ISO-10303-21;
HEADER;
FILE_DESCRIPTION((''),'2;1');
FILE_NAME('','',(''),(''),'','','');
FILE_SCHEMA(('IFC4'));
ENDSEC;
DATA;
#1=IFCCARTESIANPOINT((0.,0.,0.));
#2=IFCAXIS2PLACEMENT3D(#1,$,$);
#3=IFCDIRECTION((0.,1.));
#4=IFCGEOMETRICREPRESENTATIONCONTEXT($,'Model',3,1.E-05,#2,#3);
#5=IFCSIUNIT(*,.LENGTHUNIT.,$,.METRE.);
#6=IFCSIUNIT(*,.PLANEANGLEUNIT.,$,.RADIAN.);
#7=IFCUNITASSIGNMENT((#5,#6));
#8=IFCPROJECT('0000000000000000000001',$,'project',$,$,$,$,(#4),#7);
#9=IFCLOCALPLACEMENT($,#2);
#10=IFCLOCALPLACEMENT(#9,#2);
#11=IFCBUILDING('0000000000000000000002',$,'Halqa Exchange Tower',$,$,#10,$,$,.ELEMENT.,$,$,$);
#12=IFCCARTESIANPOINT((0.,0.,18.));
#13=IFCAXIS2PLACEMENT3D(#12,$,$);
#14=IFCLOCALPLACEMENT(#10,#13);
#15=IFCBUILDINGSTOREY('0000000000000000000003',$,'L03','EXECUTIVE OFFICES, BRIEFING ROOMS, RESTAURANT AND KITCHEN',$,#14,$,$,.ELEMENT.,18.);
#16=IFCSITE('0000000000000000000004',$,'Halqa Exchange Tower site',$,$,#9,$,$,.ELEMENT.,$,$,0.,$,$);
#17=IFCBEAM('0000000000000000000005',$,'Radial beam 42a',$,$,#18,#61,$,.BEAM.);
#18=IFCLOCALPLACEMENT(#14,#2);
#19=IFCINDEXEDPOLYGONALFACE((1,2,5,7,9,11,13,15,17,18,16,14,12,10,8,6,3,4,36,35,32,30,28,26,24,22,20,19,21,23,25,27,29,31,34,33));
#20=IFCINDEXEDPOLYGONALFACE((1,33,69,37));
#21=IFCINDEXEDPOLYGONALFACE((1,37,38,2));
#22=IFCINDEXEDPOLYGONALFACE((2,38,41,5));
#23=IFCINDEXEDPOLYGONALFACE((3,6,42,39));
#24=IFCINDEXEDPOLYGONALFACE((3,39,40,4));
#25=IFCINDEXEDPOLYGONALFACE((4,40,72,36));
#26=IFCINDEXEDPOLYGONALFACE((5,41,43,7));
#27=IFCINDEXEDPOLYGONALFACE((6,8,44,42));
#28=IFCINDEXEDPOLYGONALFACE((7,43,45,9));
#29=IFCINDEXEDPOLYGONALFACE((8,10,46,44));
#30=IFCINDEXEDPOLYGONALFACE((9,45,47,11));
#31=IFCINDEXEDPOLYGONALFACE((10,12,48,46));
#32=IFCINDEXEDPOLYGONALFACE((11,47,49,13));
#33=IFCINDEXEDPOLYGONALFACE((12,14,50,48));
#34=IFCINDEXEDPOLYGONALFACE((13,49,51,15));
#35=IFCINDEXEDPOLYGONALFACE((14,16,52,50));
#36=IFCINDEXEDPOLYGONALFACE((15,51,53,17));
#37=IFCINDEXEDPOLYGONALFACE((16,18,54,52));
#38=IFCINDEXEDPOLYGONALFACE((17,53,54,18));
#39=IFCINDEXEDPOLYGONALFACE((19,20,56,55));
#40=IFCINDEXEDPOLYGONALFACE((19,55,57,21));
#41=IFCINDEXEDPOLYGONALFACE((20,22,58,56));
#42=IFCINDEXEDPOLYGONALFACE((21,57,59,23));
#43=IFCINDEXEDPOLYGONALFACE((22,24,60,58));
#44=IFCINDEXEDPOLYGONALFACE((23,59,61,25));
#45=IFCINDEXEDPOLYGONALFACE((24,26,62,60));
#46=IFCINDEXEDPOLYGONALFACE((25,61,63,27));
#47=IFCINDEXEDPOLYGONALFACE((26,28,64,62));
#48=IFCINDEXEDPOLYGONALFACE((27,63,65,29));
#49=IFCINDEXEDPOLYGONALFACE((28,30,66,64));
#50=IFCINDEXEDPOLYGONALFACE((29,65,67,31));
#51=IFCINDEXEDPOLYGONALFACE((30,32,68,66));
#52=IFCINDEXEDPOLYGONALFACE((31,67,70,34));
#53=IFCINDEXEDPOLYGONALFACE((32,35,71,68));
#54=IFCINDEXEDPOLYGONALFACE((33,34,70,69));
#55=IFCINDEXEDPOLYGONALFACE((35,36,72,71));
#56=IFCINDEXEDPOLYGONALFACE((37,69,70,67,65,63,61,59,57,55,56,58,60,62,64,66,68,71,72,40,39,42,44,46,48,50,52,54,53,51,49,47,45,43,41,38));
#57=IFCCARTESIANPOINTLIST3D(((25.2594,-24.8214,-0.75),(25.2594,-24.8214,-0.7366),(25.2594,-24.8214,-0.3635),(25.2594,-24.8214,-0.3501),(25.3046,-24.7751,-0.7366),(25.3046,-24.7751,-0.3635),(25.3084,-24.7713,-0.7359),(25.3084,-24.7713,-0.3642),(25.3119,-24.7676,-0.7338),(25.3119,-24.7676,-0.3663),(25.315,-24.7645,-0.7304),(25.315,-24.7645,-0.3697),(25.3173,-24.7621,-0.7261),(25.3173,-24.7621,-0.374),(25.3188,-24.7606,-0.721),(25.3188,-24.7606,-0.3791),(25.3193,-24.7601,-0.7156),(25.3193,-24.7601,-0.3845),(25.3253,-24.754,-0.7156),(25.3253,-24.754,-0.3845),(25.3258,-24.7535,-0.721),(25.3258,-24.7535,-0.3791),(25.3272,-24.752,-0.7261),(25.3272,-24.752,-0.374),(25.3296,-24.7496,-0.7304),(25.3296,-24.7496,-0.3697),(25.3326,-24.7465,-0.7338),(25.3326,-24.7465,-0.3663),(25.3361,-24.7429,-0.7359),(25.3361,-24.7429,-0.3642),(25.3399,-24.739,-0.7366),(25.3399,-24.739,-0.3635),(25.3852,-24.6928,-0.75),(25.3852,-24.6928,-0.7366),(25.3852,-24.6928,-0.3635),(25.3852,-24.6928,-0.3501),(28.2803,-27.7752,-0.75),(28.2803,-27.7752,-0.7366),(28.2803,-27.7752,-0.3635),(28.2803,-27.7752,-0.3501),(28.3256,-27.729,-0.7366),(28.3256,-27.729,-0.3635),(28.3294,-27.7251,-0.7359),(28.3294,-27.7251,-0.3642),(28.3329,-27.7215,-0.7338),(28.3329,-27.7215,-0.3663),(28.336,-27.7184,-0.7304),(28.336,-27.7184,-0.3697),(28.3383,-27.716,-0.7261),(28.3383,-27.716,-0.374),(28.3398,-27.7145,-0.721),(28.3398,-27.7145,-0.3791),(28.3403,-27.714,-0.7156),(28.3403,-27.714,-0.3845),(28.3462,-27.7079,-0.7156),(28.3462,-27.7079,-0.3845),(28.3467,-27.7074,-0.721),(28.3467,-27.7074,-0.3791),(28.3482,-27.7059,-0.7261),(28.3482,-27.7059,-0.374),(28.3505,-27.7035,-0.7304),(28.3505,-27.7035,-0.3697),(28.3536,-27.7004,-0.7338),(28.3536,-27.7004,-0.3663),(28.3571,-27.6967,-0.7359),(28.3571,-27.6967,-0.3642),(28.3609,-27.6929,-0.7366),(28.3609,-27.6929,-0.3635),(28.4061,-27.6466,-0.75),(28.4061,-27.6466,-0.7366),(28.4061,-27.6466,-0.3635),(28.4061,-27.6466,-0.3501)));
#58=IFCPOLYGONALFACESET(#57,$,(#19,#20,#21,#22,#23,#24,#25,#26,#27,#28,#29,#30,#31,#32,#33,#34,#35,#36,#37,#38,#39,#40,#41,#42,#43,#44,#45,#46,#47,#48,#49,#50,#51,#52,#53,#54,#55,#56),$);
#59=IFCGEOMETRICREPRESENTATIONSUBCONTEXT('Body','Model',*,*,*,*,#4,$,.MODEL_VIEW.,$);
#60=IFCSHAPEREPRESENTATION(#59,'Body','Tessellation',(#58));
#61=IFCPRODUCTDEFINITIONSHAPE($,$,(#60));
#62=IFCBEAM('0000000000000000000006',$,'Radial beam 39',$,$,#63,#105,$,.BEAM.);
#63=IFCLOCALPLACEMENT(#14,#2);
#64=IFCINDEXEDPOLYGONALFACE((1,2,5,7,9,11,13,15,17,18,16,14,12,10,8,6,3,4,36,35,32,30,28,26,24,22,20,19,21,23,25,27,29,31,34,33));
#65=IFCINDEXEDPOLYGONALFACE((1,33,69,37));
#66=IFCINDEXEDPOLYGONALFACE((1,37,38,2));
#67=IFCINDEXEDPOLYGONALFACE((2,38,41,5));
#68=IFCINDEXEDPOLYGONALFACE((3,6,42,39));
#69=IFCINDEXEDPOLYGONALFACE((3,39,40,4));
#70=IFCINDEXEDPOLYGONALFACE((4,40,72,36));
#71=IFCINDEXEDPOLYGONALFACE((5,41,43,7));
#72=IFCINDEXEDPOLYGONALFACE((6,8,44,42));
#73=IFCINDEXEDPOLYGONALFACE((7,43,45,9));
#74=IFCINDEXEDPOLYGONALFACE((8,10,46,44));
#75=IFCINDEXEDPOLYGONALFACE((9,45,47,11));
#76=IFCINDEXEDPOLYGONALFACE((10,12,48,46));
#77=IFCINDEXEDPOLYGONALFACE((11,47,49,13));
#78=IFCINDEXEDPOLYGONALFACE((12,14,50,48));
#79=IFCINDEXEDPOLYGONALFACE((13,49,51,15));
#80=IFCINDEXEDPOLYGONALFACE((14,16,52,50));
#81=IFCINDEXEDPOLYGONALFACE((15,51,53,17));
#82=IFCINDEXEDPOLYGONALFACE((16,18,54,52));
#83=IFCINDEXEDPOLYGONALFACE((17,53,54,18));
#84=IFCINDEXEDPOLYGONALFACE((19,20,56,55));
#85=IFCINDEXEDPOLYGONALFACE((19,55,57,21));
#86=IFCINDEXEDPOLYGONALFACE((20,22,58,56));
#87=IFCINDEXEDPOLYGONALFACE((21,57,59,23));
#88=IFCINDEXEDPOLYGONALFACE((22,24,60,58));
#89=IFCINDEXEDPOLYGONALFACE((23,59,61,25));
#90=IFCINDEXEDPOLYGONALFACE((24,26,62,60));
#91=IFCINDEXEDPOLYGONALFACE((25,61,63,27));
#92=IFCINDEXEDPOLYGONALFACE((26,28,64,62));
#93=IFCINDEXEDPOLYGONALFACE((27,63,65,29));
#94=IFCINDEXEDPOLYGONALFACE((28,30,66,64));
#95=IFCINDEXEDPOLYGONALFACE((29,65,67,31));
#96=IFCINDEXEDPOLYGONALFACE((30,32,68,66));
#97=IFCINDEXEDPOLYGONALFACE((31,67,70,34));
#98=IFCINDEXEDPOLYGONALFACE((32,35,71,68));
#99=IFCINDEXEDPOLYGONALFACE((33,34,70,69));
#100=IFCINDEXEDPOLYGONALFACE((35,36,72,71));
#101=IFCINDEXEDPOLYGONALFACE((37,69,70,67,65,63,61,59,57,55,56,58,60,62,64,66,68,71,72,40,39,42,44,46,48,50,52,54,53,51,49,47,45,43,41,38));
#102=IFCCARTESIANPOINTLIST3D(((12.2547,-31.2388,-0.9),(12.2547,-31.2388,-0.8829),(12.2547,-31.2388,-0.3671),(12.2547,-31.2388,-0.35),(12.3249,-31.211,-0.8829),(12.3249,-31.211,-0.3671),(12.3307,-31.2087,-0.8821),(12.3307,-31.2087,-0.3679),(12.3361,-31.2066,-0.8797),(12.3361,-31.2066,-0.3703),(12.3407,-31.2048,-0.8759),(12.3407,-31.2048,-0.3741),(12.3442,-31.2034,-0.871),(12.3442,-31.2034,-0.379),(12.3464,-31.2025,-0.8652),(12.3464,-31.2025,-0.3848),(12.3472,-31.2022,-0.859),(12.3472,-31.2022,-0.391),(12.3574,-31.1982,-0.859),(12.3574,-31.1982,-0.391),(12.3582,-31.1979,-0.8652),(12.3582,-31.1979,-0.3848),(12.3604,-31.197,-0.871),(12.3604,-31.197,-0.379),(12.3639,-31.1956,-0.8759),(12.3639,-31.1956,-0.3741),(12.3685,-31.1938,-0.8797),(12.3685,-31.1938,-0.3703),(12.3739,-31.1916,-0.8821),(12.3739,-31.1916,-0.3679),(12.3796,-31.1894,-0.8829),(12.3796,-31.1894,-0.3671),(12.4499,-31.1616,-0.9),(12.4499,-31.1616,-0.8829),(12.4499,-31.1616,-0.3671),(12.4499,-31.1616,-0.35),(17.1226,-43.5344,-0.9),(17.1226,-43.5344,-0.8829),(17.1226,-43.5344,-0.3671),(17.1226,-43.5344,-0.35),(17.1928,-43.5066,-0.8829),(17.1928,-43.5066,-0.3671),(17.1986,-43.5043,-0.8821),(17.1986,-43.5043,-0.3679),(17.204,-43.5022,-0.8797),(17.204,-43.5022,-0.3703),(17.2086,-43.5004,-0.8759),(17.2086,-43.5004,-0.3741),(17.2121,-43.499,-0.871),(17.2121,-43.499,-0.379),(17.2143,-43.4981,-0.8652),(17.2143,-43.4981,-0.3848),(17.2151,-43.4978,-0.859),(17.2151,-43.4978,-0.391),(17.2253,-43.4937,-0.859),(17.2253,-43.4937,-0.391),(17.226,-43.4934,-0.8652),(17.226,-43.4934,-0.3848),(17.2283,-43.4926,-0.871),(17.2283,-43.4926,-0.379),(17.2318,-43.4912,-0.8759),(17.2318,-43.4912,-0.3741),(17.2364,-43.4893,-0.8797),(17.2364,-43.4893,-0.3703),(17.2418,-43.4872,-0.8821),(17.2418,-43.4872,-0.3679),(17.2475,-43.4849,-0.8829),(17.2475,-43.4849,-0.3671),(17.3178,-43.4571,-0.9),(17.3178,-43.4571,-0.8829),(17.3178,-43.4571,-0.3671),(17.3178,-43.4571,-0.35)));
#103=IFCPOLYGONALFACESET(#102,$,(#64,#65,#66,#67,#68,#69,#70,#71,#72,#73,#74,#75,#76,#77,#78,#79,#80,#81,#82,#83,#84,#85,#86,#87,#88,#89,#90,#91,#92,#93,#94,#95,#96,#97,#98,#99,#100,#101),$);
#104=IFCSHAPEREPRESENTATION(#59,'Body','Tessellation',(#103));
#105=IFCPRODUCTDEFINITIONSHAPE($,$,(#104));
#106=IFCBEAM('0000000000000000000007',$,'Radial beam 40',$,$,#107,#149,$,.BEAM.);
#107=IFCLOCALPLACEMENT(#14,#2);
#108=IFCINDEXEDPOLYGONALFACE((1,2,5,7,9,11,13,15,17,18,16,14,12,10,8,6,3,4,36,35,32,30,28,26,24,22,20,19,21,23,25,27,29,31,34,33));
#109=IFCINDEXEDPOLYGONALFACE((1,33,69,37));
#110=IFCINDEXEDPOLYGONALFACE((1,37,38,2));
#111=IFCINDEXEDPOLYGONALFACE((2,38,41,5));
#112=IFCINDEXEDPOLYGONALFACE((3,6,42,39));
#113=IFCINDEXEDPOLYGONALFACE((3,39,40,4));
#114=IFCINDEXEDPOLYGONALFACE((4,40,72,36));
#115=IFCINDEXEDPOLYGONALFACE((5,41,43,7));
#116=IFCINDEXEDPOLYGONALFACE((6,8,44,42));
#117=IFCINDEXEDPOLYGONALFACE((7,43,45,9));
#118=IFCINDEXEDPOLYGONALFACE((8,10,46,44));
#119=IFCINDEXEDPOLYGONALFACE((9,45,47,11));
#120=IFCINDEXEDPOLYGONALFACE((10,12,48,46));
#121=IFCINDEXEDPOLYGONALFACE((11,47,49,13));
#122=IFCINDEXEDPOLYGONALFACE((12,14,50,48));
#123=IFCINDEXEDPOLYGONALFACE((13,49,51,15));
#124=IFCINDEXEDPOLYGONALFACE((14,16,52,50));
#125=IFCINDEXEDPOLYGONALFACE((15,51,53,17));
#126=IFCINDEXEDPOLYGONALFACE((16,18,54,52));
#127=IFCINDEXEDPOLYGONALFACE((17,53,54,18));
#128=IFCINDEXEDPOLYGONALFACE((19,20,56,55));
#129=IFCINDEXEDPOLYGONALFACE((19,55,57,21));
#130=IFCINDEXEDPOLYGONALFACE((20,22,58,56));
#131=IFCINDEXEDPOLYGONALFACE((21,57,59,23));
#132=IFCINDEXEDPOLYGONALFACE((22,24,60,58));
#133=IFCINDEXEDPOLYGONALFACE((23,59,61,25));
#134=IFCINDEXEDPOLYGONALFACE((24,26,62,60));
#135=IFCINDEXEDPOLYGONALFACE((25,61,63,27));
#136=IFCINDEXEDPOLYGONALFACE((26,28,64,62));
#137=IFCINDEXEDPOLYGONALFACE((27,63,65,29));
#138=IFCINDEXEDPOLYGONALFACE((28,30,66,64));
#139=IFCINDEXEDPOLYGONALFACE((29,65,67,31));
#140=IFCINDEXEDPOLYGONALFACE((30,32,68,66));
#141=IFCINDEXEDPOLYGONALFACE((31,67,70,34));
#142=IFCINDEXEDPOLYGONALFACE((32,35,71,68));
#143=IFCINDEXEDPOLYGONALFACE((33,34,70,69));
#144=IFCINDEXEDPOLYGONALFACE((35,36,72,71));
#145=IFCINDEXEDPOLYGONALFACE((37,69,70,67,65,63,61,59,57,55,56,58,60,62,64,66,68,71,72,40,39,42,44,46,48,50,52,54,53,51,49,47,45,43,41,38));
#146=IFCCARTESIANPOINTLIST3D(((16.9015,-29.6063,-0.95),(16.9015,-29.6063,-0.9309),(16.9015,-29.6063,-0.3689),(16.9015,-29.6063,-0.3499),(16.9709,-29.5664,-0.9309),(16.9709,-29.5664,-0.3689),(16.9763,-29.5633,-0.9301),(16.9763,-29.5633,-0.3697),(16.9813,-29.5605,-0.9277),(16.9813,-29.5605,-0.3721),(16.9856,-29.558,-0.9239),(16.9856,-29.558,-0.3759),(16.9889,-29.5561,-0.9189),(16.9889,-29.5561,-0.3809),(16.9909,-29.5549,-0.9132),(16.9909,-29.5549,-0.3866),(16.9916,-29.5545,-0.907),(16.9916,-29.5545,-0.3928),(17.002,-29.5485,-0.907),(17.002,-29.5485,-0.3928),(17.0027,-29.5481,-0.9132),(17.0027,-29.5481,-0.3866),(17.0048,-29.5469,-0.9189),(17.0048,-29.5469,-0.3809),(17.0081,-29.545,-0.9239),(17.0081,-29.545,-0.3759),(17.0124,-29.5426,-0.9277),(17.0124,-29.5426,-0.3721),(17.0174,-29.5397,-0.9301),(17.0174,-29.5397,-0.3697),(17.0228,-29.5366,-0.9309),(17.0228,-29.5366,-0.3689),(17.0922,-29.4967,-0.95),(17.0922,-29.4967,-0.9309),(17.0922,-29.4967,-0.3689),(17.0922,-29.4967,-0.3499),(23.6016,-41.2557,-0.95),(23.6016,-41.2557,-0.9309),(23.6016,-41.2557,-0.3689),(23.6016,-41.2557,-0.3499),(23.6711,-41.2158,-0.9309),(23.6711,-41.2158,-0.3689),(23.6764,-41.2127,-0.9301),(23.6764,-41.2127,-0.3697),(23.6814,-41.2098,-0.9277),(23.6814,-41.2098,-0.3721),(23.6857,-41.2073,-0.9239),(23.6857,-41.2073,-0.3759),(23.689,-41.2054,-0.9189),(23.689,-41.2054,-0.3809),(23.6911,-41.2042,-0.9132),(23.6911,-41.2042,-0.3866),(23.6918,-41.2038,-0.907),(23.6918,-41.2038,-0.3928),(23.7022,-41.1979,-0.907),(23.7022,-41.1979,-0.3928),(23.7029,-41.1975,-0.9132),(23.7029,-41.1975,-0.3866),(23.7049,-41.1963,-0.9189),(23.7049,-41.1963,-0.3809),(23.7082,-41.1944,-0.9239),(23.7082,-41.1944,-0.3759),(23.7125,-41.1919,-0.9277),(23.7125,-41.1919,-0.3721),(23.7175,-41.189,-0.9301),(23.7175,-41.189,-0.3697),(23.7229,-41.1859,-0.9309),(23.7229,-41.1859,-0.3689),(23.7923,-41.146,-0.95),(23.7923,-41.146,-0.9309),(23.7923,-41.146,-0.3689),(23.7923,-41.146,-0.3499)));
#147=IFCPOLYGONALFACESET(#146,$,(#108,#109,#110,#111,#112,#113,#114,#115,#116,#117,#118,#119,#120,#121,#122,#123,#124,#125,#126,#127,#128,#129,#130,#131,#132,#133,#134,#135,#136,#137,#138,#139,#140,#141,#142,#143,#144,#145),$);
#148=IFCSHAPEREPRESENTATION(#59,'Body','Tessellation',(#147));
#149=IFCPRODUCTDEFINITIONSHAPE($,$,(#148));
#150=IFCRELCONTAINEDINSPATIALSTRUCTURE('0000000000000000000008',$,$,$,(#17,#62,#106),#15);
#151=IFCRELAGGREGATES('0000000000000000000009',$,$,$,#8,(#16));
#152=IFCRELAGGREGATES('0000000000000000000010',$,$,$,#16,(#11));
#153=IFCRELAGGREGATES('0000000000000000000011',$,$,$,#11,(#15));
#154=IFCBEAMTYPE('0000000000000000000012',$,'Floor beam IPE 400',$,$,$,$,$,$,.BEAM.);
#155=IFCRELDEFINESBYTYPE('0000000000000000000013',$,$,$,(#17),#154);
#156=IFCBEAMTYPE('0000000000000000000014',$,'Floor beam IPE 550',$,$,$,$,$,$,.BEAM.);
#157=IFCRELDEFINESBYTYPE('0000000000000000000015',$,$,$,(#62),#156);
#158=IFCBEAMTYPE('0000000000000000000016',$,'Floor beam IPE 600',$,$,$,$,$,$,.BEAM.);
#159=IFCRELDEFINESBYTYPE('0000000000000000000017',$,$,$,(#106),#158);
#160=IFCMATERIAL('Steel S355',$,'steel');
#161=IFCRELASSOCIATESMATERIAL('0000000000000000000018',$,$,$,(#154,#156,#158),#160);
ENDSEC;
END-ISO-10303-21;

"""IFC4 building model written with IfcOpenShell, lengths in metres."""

from ifc_helpers import new_model, si_unit, direction, frame, origin, origin_2d, place, context, subcontext, project, spatial, i_section, extrude, material, material_profile, profile_set, type_object, element, save


model = new_model("IFC4")

# Units and contexts
model_context = context("Model", 3, precision=1e-05, world=origin(), true_north=direction((0.0, 1.0)))
body_context = subcontext(model_context, "Body", "Model", "MODEL_VIEW")
ifc_project = project(units=[si_unit("LENGTHUNIT", "METRE"), si_unit("PLANEANGLEUNIT", "RADIAN")], contexts=[model_context])

# Site, building, storey
site_placement = place(None, origin())
site = spatial("IfcSite", under=ifc_project, at=site_placement, Name="Halqa Exchange Tower site", CompositionType="ELEMENT", RefElevation=0.0)
building_placement = place(site_placement, origin())
building = spatial("IfcBuilding", under=site, at=building_placement, Name="Halqa Exchange Tower", CompositionType="ELEMENT")
storey_placement = place(building_placement, frame((0.0, 0.0, 18.0)))
storey = spatial("IfcBuildingStorey", under=building, at=storey_placement, Name="L03", Description="EXECUTIVE OFFICES, BRIEFING ROOMS, RESTAURANT AND KITCHEN", CompositionType="ELEMENT", Elevation=18.0)

# Beams
ifc_material_1 = material(Name="Steel S355", Category="steel")
ifc_material_profile_1 = material_profile(ifc_material_1, i_section(OverallWidth=0.1799, OverallDepth=0.3999, WebThickness=0.0085, FlangeThickness=0.0134, FilletRadius=0.021, at=origin_2d()), Name="IPE 400")
ifc_profile_set_1 = profile_set([ifc_material_profile_1], Name="Steel S355")
beam_type_1 = type_object("IfcBeamType", Name="Floor beam IPE 400", PredefinedType="BEAM", material=ifc_profile_set_1)
beam_1_placement = place(storey_placement, frame((25.3223, -24.7571, -0.55), z_axis=(0.715007, -0.699117, 0.0), x_axis=(0.699117, 0.715007, 0.0)))
element("IfcBeam", 1, at=beam_1_placement, inside=storey, type_object=beam_type_1, Name="Radial beam 42a", PredefinedType="BEAM", context=body_context, shape_type="SweptSolid", body=[
    extrude(i_section(OverallWidth=0.1799, OverallDepth=0.3999, WebThickness=0.0085, FlangeThickness=0.0134, FilletRadius=0.021, at=origin_2d()), origin(), (0.0, 0.0, 1.0), 4.2251),
])
ifc_material_profile_2 = material_profile(ifc_material_1, i_section(OverallWidth=0.21, OverallDepth=0.55, WebThickness=0.011, FlangeThickness=0.0171, FilletRadius=0.0239, at=origin_2d()), Name="IPE 550")
ifc_profile_set_2 = profile_set([ifc_material_profile_2], Name="Steel S355")
beam_type_2 = type_object("IfcBeamType", Name="Floor beam IPE 550", PredefinedType="BEAM", material=ifc_profile_set_2)
beam_2_placement = place(storey_placement, frame((12.3523, -31.2002, -0.625), z_axis=(0.368107, -0.929784, 0.0), x_axis=(0.929784, 0.368107, 0.0)))
element("IfcBeam", 2, at=beam_2_placement, inside=storey, type_object=beam_type_2, Name="Radial beam 39", PredefinedType="BEAM", context=body_context, shape_type="SweptSolid", body=[
    extrude(i_section(OverallWidth=0.21, OverallDepth=0.55, WebThickness=0.011, FlangeThickness=0.0171, FilletRadius=0.0239, at=origin_2d()), origin(), (0.0, 0.0, 1.0), 13.2241),
])
ifc_material_profile_3 = material_profile(ifc_material_1, i_section(OverallWidth=0.22, OverallDepth=0.6001, WebThickness=0.012, FlangeThickness=0.019, FilletRadius=0.0239, at=origin_2d()), Name="IPE 600")
ifc_profile_set_3 = profile_set([ifc_material_profile_3], Name="Steel S355")
beam_type_3 = type_object("IfcBeamType", Name="Floor beam IPE 600", PredefinedType="BEAM", material=ifc_profile_set_3)
beam_3_placement = place(storey_placement, frame((16.9968, -29.5515, -0.6499), z_axis=(0.498571, -0.866849, 0.0), x_axis=(0.866849, 0.498571, 0.0)))
element("IfcBeam", 3, at=beam_3_placement, inside=storey, type_object=beam_type_3, Name="Radial beam 40", PredefinedType="BEAM", context=body_context, shape_type="SweptSolid", body=[
    extrude(i_section(OverallWidth=0.22, OverallDepth=0.6001, WebThickness=0.012, FlangeThickness=0.019, FilletRadius=0.0239, at=origin_2d()), origin(), (0.0, 0.0, 1.0), 13.4387),
])

save(model, "model.ifc")
